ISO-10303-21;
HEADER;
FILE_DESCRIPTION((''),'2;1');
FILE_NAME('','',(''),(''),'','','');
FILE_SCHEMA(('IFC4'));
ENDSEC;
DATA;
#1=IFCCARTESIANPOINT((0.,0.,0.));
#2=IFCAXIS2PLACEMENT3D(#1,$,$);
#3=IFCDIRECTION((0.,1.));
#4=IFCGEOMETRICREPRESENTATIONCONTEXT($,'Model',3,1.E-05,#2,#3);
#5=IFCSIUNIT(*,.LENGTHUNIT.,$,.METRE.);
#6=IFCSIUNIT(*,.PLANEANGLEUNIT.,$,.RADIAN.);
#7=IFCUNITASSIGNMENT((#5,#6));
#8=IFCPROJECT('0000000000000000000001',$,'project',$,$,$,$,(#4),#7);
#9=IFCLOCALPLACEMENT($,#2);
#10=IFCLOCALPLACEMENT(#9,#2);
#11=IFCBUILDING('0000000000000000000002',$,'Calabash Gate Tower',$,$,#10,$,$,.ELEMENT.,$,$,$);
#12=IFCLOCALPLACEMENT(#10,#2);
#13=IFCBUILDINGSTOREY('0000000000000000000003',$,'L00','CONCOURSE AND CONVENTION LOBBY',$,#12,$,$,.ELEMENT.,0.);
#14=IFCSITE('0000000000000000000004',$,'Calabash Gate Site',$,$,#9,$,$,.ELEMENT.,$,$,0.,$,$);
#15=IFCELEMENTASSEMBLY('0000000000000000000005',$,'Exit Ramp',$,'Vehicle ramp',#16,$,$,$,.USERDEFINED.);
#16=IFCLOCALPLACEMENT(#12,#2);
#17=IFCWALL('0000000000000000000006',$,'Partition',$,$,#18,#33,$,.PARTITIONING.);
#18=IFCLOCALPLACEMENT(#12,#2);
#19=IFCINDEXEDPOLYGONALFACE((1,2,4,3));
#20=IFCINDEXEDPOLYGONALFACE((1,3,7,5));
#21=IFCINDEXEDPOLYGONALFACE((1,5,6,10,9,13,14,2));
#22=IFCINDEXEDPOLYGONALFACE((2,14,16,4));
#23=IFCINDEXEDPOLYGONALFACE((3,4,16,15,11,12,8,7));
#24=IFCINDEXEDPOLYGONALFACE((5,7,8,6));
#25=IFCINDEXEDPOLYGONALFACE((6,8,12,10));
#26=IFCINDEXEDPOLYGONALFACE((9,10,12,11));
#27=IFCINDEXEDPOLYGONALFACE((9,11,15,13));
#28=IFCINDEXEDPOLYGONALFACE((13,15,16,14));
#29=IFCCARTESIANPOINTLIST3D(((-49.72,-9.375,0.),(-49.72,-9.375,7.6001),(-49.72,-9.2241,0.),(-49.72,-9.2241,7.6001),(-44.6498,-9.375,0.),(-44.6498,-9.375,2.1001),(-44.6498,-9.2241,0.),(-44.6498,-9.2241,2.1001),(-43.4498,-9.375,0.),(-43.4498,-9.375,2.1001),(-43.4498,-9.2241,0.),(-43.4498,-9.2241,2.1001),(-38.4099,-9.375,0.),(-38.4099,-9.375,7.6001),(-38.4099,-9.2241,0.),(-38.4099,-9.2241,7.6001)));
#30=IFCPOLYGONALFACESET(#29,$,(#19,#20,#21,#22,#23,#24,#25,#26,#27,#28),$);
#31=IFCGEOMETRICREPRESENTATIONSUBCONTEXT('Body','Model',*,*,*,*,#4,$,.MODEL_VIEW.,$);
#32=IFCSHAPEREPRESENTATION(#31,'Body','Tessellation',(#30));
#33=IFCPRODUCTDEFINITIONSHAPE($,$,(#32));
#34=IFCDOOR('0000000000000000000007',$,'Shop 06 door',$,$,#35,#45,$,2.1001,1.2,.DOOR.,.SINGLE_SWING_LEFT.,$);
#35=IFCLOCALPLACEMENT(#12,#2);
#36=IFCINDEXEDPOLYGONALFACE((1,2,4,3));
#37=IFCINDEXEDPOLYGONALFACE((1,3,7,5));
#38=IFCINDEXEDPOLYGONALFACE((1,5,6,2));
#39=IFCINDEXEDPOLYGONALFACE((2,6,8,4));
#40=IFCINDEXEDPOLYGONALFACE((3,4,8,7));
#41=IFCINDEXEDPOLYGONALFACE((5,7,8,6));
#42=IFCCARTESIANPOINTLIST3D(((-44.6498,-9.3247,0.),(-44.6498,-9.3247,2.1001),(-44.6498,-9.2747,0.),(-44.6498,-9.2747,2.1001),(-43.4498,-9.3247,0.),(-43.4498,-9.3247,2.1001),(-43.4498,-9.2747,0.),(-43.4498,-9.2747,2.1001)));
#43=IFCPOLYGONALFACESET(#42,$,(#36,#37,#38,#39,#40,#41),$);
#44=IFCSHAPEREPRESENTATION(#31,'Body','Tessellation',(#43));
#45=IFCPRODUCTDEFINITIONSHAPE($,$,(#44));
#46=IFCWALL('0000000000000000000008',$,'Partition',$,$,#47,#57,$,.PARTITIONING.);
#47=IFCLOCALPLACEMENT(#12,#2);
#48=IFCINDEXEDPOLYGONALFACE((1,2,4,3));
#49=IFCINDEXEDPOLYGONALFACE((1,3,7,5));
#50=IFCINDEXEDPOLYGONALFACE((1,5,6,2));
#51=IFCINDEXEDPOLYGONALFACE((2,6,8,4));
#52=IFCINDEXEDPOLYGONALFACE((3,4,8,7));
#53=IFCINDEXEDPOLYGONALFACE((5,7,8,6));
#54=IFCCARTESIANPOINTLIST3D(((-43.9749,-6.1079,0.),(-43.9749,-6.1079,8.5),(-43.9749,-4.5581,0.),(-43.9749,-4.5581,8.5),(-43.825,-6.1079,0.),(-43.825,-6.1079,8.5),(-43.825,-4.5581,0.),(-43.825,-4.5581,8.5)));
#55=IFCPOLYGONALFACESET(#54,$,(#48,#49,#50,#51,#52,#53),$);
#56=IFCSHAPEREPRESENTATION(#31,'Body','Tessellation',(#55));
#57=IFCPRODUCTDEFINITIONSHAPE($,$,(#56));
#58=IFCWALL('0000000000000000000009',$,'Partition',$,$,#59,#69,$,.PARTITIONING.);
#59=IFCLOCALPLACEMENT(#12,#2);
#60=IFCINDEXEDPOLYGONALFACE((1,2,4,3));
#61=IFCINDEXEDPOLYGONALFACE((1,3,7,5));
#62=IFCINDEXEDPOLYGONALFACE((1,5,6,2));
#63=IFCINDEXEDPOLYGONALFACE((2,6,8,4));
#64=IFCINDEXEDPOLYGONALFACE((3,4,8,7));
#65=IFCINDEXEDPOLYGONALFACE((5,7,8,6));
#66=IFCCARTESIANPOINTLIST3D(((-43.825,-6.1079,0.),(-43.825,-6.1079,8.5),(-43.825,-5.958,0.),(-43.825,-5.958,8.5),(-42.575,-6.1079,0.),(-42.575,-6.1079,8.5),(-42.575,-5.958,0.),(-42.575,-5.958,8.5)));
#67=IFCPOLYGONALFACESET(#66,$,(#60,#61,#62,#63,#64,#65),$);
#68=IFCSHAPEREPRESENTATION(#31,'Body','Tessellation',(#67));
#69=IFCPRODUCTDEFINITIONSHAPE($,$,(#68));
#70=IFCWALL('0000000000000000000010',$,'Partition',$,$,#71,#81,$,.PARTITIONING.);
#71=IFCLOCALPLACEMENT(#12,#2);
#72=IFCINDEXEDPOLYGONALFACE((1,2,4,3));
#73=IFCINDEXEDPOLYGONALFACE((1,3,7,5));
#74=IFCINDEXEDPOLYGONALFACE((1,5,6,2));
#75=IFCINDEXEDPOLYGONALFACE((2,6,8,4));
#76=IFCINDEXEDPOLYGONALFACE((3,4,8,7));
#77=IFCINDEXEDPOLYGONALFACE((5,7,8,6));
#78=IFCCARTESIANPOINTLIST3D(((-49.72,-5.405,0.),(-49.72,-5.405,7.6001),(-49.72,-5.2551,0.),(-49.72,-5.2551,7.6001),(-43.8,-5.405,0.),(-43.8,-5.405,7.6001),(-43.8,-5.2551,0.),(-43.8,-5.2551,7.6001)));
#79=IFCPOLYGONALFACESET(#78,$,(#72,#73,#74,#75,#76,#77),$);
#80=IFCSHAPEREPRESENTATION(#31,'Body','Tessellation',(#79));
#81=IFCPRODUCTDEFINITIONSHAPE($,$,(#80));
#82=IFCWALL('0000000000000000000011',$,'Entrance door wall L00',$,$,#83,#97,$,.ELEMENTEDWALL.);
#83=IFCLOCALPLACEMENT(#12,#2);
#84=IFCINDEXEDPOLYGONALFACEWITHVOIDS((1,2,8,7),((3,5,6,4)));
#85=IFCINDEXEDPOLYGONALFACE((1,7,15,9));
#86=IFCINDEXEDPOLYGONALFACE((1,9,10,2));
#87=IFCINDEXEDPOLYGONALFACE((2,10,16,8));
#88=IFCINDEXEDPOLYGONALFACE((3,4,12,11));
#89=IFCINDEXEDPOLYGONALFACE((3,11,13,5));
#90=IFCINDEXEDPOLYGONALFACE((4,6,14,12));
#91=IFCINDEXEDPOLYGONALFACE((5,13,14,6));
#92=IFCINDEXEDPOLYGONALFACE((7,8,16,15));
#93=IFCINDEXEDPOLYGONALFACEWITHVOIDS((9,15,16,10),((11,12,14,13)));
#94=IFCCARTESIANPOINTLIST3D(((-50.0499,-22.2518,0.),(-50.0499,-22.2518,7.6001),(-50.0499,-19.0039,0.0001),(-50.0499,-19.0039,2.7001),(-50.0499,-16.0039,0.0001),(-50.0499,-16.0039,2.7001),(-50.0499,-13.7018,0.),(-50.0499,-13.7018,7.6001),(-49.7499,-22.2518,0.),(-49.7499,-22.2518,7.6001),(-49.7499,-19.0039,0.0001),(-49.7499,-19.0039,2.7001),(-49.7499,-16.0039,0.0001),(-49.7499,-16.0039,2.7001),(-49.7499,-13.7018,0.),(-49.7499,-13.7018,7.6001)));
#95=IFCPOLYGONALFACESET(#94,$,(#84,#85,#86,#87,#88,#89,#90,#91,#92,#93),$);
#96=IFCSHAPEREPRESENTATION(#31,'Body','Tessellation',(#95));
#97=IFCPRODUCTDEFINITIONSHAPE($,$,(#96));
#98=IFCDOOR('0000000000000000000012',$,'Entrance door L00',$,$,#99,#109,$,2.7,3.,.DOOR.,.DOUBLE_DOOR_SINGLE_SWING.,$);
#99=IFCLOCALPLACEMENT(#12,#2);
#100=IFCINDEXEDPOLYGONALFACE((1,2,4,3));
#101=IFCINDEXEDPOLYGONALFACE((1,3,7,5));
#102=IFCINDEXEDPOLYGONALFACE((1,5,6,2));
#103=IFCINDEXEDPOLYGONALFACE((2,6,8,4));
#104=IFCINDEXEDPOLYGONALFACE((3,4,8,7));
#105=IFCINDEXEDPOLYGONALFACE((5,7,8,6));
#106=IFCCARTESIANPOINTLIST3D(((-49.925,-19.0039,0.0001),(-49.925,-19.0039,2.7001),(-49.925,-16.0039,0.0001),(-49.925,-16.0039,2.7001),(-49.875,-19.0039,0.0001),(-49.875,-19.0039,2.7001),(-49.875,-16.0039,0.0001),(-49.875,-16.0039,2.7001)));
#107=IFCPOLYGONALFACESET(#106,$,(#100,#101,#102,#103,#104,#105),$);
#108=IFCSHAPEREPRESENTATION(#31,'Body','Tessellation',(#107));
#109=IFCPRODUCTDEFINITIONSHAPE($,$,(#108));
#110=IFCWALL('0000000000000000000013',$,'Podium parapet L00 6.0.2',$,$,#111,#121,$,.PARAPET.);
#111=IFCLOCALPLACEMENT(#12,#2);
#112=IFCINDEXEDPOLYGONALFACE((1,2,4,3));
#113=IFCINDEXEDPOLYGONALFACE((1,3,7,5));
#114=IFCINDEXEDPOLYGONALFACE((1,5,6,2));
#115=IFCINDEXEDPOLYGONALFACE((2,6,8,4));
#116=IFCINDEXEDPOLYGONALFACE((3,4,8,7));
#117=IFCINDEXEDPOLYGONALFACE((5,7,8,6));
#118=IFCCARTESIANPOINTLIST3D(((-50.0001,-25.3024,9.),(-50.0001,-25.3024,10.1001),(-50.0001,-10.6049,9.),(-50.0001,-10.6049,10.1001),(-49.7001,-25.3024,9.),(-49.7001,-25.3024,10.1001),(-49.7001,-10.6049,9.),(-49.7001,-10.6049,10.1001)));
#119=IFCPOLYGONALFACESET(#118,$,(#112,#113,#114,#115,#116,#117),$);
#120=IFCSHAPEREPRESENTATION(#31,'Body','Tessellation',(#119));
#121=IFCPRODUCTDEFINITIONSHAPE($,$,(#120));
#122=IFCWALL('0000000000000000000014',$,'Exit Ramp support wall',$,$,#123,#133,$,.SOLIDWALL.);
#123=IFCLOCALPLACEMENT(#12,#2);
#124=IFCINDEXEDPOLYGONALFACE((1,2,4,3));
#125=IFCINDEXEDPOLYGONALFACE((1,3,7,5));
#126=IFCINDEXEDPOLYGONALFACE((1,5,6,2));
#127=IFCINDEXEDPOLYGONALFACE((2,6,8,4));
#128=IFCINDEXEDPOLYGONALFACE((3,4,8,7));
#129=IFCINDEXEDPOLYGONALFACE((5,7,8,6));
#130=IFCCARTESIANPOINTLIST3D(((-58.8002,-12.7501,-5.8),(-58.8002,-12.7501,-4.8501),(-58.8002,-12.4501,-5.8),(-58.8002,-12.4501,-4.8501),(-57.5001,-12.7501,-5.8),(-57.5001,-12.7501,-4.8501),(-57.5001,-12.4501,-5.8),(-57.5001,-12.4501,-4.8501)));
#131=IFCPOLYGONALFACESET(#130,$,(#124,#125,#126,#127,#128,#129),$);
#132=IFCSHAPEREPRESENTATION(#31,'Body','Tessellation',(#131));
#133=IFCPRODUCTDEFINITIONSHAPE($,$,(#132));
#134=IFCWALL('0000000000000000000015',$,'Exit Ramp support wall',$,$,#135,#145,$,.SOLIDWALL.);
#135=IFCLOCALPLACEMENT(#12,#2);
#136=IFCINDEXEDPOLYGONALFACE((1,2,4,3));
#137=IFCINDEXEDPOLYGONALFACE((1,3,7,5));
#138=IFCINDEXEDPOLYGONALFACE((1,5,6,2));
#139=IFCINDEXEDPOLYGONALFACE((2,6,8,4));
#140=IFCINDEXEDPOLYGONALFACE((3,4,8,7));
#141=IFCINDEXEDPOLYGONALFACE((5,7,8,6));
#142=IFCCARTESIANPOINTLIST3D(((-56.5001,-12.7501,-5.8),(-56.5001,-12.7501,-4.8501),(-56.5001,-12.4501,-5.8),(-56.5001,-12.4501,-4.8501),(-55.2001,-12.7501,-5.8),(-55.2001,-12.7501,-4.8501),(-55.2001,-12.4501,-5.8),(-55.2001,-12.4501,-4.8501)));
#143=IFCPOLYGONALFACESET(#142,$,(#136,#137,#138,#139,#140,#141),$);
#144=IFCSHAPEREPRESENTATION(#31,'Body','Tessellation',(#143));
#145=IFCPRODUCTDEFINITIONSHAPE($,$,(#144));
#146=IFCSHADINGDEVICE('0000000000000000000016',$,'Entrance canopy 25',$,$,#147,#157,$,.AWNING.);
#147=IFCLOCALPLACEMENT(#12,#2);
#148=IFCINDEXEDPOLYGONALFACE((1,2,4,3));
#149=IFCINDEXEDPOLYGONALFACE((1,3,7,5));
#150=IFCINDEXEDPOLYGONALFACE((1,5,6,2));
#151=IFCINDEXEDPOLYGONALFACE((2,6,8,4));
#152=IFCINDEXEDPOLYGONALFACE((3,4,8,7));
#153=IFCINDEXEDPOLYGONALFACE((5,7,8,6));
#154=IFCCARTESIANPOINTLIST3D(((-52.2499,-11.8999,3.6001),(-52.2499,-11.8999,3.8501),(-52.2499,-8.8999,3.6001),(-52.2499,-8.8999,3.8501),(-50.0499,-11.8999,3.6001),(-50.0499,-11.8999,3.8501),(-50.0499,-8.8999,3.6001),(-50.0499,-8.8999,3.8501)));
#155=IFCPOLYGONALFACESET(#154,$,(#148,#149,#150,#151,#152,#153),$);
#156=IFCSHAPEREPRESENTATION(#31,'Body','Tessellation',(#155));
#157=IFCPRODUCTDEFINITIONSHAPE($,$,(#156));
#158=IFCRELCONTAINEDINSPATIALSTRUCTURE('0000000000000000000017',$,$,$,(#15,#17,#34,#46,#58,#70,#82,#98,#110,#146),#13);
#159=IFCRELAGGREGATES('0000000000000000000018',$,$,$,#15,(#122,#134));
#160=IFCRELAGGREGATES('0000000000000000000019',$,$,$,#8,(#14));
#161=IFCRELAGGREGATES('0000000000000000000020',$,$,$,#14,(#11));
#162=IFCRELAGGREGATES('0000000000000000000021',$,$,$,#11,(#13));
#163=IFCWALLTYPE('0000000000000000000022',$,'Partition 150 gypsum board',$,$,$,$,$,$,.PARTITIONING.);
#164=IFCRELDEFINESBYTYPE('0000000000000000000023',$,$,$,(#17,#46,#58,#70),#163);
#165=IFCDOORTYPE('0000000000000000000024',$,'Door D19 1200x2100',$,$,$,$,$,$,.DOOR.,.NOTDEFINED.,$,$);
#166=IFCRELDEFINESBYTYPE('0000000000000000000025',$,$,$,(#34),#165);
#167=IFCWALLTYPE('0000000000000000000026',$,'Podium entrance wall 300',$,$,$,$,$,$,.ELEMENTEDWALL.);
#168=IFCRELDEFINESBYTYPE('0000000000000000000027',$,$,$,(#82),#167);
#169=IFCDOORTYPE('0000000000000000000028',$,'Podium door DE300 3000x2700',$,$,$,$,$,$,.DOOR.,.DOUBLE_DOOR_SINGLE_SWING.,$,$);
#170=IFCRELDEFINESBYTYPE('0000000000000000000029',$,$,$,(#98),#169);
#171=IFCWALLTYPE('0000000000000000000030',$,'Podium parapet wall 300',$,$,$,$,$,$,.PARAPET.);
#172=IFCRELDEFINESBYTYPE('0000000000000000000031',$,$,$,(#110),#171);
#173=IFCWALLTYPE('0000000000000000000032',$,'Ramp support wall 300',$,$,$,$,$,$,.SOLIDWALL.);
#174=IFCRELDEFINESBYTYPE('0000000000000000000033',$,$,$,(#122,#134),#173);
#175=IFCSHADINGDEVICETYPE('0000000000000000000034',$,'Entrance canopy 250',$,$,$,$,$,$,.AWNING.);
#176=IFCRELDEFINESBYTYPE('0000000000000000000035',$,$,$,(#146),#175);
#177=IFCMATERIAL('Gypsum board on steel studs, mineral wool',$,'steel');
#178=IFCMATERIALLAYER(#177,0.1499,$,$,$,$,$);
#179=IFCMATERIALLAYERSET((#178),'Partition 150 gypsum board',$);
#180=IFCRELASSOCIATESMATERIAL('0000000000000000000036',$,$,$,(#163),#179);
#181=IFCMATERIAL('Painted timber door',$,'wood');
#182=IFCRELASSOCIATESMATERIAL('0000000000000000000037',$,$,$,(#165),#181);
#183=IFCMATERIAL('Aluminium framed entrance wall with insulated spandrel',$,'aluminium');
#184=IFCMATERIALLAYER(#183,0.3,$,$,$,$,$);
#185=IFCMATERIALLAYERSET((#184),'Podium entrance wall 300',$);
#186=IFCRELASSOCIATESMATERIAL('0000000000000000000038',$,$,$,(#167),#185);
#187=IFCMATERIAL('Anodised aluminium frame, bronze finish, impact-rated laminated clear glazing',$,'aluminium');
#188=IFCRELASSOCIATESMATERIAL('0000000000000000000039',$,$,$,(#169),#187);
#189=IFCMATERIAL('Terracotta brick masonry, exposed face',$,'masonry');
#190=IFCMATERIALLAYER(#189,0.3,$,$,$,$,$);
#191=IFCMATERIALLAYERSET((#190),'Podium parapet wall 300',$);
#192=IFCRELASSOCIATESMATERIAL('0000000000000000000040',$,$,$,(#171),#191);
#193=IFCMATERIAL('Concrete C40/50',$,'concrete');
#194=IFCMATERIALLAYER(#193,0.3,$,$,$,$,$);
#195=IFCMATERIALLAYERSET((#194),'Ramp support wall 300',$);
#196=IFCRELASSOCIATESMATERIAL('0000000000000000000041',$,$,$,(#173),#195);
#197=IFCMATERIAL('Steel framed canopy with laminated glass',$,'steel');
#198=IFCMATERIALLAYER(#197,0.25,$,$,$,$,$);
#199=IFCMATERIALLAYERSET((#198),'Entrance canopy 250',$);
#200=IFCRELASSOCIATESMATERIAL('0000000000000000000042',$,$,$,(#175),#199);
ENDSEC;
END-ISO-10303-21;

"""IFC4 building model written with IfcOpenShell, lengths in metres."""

from ifc_helpers import new_model, si_unit, direction, frame, frame_2d, origin, origin_2d, place, context, subcontext, project, spatial, rectangle, extrude, material, layer, layer_set, type_object, element, fill, aggregate, save


model = new_model("IFC4")

# Units and contexts
model_context = context("Model", 3, precision=1e-05, world=origin(), true_north=direction((0.0, 1.0)))
body_context = subcontext(model_context, "Body", "Model", "MODEL_VIEW")
ifc_project = project(units=[si_unit("LENGTHUNIT", "METRE"), si_unit("PLANEANGLEUNIT", "RADIAN")], contexts=[model_context])

# Site, building, storey
site_placement = place(None, origin())
site = spatial("IfcSite", under=ifc_project, at=site_placement, Name="Calabash Gate Site", CompositionType="ELEMENT", RefElevation=0.0)
building_placement = place(site_placement, origin())
building = spatial("IfcBuilding", under=site, at=building_placement, Name="Calabash Gate Tower", CompositionType="ELEMENT")
storey_placement = place(building_placement, origin())
storey = spatial("IfcBuildingStorey", under=building, at=storey_placement, Name="L00", Description="CONCOURSE AND CONVENTION LOBBY", CompositionType="ELEMENT", Elevation=0.0)

# Element assembly
assembly_placement = place(storey_placement, origin())
assembly = element("IfcElementAssembly", 1, at=assembly_placement, inside=storey, Name="Exit Ramp", ObjectType="Vehicle ramp", PredefinedType="USERDEFINED")

# Shared definitions
ifc_material_1 = material(Name="Gypsum board on steel studs, mineral wool", Category="steel")
ifc_layer_1 = layer(ifc_material_1, 0.1499)
ifc_layer_set_1 = layer_set([ifc_layer_1], Name="Partition 150 gypsum board")
wall_type_1 = type_object("IfcWallType", Name="Partition 150 gypsum board", PredefinedType="PARTITIONING", material=ifc_layer_set_1)

# Wall, opening, door
wall_1_placement = place(storey_placement, frame((-49.72, -9.2996, 0.0), z_axis=(0.0, 0.0, 1.0), x_axis=(1.0, 0.0, 0.0)))
wall_1 = element("IfcWall", 2, at=wall_1_placement, inside=storey, type_object=wall_type_1, Name="Partition", PredefinedType="PARTITIONING", context=body_context, shape_type="SweptSolid", body=[
    extrude(rectangle(XDim=11.3101, YDim=0.1509, at=frame_2d((5.655, 0.0))), origin(), (0.0, 0.0, 1.0), 7.6001),
])
opening_1_placement = place(wall_1_placement, frame((5.0701, 0.0, 0.0)))
opening_1 = element("IfcOpeningElement", 3, at=opening_1_placement, cuts=wall_1, PredefinedType="OPENING", context=body_context, shape_type="SweptSolid", body=[
    extrude(rectangle(XDim=1.2, YDim=2.1001, at=frame_2d((0.6001, 1.05))), frame((0.0, 0.0854, 0.0), z_axis=(0.0, -1.0, 0.0), x_axis=(1.0, 0.0, 0.0)), (0.0, 0.0, 1.0), 0.1709),
])
ifc_material_2 = material(Name="Painted timber door", Category="wood")
door_type_1 = type_object("IfcDoorType", Name="Door D19 1200x2100", OperationType="NOTDEFINED", PredefinedType="DOOR", material=ifc_material_2)
door_1_placement = place(opening_1_placement, origin())
door_1 = element("IfcDoor", 4, at=door_1_placement, inside=storey, type_object=door_type_1, Name="Shop 06 door", OperationType="SINGLE_SWING_LEFT", OverallHeight=2.1001, OverallWidth=1.2, PredefinedType="DOOR", context=body_context, shape_type="SweptSolid", body=[
    extrude(rectangle(XDim=1.2, YDim=2.1001, at=frame_2d((0.6001, 1.05))), frame((0.0, 0.0249, 0.0), z_axis=(0.0, -1.0, 0.0), x_axis=(1.0, 0.0, 0.0)), (0.0, 0.0, 1.0), 0.05),
])
fill(opening_1, door_1)

# Walls
wall_2_placement = place(storey_placement, frame((-43.8999, -6.1079, 0.0), z_axis=(0.0, 0.0, 1.0), x_axis=(0.0, 1.0, 0.0)))
element("IfcWall", 5, at=wall_2_placement, inside=storey, type_object=wall_type_1, Name="Partition", PredefinedType="PARTITIONING", context=body_context, shape_type="SweptSolid", body=[
    extrude(rectangle(XDim=1.5498, YDim=0.1499, at=frame_2d((0.7749, 0.0))), origin(), (0.0, 0.0, 1.0), 8.5),
])
wall_3_placement = place(storey_placement, frame((-43.825, -6.033, 0.0), z_axis=(0.0, 0.0, 1.0), x_axis=(1.0, 0.0, 0.0)))
element("IfcWall", 6, at=wall_3_placement, inside=storey, type_object=wall_type_1, Name="Partition", PredefinedType="PARTITIONING", context=body_context, shape_type="SweptSolid", body=[
    extrude(rectangle(XDim=1.25, YDim=0.1499, at=frame_2d((0.625, 0.0))), origin(), (0.0, 0.0, 1.0), 8.5),
])
wall_4_placement = place(storey_placement, frame((-49.72, -5.3301, 0.0), z_axis=(0.0, 0.0, 1.0), x_axis=(1.0, 0.0, 0.0)))
element("IfcWall", 7, at=wall_4_placement, inside=storey, type_object=wall_type_1, Name="Partition", PredefinedType="PARTITIONING", context=body_context, shape_type="SweptSolid", body=[
    extrude(rectangle(XDim=5.9199, YDim=0.1499, at=frame_2d((2.96, 0.0))), origin(), (0.0, 0.0, 1.0), 7.6001),
])

# Wall, opening, door
ifc_material_3 = material(Name="Aluminium framed entrance wall with insulated spandrel", Category="aluminium")
ifc_layer_2 = layer(ifc_material_3, 0.3)
ifc_layer_set_2 = layer_set([ifc_layer_2], Name="Podium entrance wall 300")
wall_type_2 = type_object("IfcWallType", Name="Podium entrance wall 300", PredefinedType="ELEMENTEDWALL", material=ifc_layer_set_2)
wall_5_placement = place(storey_placement, frame((-49.8999, -13.7019, 0.0), z_axis=(0.0, 0.0, 1.0), x_axis=(0.0, -1.0, 0.0)))
wall_5 = element("IfcWall", 8, at=wall_5_placement, inside=storey, type_object=wall_type_2, Name="Entrance door wall L00", PredefinedType="ELEMENTEDWALL", context=body_context, shape_type="SweptSolid", body=[
    extrude(rectangle(XDim=8.55, YDim=0.3, at=frame_2d((4.2749, 0.0))), origin(), (0.0, 0.0, 1.0), 7.6001),
])
opening_2_placement = place(wall_5_placement, frame((2.302, 0.0, 0.0)))
opening_2 = element("IfcOpeningElement", 9, at=opening_2_placement, cuts=wall_5, PredefinedType="OPENING", context=body_context, shape_type="SweptSolid", body=[
    extrude(rectangle(XDim=3.0, YDim=2.7, at=frame_2d((1.5, 1.3501))), frame((0.0, 0.1599, 0.0), z_axis=(0.0, -1.0, 0.0), x_axis=(1.0, 0.0, 0.0)), (0.0, 0.0, 1.0), 0.3201),
])
ifc_material_4 = material(Name="Anodised aluminium frame, bronze finish, impact-rated laminated clear glazing", Category="aluminium")
door_type_2 = type_object("IfcDoorType", Name="Podium door DE300 3000x2700", OperationType="DOUBLE_DOOR_SINGLE_SWING", PredefinedType="DOOR", material=ifc_material_4)
door_2_placement = place(opening_2_placement, origin())
door_2 = element("IfcDoor", 10, at=door_2_placement, inside=storey, type_object=door_type_2, Name="Entrance door L00", OperationType="DOUBLE_DOOR_SINGLE_SWING", OverallHeight=2.7, OverallWidth=3.0, PredefinedType="DOOR", context=body_context, shape_type="SweptSolid", body=[
    extrude(rectangle(XDim=3.0, YDim=2.7, at=frame_2d((1.5, 1.3501))), frame((0.0, 0.0249, 0.0), z_axis=(0.0, -1.0, 0.0), x_axis=(1.0, 0.0, 0.0)), (0.0, 0.0, 1.0), 0.05),
])
fill(opening_2, door_2)

# Walls
ifc_material_5 = material(Name="Terracotta brick masonry, exposed face", Category="masonry")
ifc_layer_3 = layer(ifc_material_5, 0.3)
ifc_layer_set_3 = layer_set([ifc_layer_3], Name="Podium parapet wall 300")
wall_type_3 = type_object("IfcWallType", Name="Podium parapet wall 300", PredefinedType="PARAPET", material=ifc_layer_set_3)
wall_6_placement = place(storey_placement, frame((-49.8501, -10.605, 9.0), z_axis=(0.0, 0.0, 1.0), x_axis=(0.0, -1.0, 0.0)))
element("IfcWall", 11, at=wall_6_placement, inside=storey, type_object=wall_type_3, Name="Podium parapet L00 6.0.2", PredefinedType="PARAPET", context=body_context, shape_type="SweptSolid", body=[
    extrude(rectangle(XDim=14.6975, YDim=0.3, at=frame_2d((7.3486, 0.0))), origin(), (0.0, 0.0, 1.0), 1.1001),
])
ifc_material_6 = material(Name="Concrete C40/50", Category="concrete")
ifc_layer_4 = layer(ifc_material_6, 0.3)
ifc_layer_set_4 = layer_set([ifc_layer_4], Name="Ramp support wall 300")
wall_type_4 = type_object("IfcWallType", Name="Ramp support wall 300", PredefinedType="SOLIDWALL", material=ifc_layer_set_4)
wall_7_placement = place(storey_placement, frame((-58.8, -12.6001, -5.8), z_axis=(0.0, 0.0, 1.0), x_axis=(1.0, 0.0, 0.0)))
wall_7 = element("IfcWall", 12, at=wall_7_placement, type_object=wall_type_4, Name="Exit Ramp support wall", PredefinedType="SOLIDWALL", context=body_context, shape_type="SweptSolid", body=[
    extrude(rectangle(XDim=1.3, YDim=0.3, at=frame_2d((0.6499, 0.0))), origin(), (0.0, 0.0, 1.0), 0.95),
])
wall_8_placement = place(storey_placement, frame((-56.5, -12.6001, -5.8), z_axis=(0.0, 0.0, 1.0), x_axis=(1.0, 0.0, 0.0)))
wall_8 = element("IfcWall", 13, at=wall_8_placement, type_object=wall_type_4, Name="Exit Ramp support wall", PredefinedType="SOLIDWALL", context=body_context, shape_type="SweptSolid", body=[
    extrude(rectangle(XDim=1.3, YDim=0.3, at=frame_2d((0.6499, 0.0))), origin(), (0.0, 0.0, 1.0), 0.95),
])
aggregate(assembly, [wall_7, wall_8])

# Shading device
ifc_material_7 = material(Name="Steel framed canopy with laminated glass", Category="steel")
ifc_layer_5 = layer(ifc_material_7, 0.25)
ifc_layer_set_5 = layer_set([ifc_layer_5], Name="Entrance canopy 250")
shading_device_type = type_object("IfcShadingDeviceType", Name="Entrance canopy 250", PredefinedType="AWNING", material=ifc_layer_set_5)
shading_device_placement = place(storey_placement, frame((-51.1499, -10.3999, 3.6001), z_axis=(0.0, 0.0, 1.0), x_axis=(0.0, -1.0, 0.0)))
element("IfcShadingDevice", 14, at=shading_device_placement, inside=storey, type_object=shading_device_type, Name="Entrance canopy 25", PredefinedType="AWNING", context=body_context, shape_type="SweptSolid", body=[
    extrude(rectangle(XDim=3.0, YDim=2.2, at=origin_2d()), origin(), (0.0, 0.0, 1.0), 0.25),
])

save(model, "model.ifc")
